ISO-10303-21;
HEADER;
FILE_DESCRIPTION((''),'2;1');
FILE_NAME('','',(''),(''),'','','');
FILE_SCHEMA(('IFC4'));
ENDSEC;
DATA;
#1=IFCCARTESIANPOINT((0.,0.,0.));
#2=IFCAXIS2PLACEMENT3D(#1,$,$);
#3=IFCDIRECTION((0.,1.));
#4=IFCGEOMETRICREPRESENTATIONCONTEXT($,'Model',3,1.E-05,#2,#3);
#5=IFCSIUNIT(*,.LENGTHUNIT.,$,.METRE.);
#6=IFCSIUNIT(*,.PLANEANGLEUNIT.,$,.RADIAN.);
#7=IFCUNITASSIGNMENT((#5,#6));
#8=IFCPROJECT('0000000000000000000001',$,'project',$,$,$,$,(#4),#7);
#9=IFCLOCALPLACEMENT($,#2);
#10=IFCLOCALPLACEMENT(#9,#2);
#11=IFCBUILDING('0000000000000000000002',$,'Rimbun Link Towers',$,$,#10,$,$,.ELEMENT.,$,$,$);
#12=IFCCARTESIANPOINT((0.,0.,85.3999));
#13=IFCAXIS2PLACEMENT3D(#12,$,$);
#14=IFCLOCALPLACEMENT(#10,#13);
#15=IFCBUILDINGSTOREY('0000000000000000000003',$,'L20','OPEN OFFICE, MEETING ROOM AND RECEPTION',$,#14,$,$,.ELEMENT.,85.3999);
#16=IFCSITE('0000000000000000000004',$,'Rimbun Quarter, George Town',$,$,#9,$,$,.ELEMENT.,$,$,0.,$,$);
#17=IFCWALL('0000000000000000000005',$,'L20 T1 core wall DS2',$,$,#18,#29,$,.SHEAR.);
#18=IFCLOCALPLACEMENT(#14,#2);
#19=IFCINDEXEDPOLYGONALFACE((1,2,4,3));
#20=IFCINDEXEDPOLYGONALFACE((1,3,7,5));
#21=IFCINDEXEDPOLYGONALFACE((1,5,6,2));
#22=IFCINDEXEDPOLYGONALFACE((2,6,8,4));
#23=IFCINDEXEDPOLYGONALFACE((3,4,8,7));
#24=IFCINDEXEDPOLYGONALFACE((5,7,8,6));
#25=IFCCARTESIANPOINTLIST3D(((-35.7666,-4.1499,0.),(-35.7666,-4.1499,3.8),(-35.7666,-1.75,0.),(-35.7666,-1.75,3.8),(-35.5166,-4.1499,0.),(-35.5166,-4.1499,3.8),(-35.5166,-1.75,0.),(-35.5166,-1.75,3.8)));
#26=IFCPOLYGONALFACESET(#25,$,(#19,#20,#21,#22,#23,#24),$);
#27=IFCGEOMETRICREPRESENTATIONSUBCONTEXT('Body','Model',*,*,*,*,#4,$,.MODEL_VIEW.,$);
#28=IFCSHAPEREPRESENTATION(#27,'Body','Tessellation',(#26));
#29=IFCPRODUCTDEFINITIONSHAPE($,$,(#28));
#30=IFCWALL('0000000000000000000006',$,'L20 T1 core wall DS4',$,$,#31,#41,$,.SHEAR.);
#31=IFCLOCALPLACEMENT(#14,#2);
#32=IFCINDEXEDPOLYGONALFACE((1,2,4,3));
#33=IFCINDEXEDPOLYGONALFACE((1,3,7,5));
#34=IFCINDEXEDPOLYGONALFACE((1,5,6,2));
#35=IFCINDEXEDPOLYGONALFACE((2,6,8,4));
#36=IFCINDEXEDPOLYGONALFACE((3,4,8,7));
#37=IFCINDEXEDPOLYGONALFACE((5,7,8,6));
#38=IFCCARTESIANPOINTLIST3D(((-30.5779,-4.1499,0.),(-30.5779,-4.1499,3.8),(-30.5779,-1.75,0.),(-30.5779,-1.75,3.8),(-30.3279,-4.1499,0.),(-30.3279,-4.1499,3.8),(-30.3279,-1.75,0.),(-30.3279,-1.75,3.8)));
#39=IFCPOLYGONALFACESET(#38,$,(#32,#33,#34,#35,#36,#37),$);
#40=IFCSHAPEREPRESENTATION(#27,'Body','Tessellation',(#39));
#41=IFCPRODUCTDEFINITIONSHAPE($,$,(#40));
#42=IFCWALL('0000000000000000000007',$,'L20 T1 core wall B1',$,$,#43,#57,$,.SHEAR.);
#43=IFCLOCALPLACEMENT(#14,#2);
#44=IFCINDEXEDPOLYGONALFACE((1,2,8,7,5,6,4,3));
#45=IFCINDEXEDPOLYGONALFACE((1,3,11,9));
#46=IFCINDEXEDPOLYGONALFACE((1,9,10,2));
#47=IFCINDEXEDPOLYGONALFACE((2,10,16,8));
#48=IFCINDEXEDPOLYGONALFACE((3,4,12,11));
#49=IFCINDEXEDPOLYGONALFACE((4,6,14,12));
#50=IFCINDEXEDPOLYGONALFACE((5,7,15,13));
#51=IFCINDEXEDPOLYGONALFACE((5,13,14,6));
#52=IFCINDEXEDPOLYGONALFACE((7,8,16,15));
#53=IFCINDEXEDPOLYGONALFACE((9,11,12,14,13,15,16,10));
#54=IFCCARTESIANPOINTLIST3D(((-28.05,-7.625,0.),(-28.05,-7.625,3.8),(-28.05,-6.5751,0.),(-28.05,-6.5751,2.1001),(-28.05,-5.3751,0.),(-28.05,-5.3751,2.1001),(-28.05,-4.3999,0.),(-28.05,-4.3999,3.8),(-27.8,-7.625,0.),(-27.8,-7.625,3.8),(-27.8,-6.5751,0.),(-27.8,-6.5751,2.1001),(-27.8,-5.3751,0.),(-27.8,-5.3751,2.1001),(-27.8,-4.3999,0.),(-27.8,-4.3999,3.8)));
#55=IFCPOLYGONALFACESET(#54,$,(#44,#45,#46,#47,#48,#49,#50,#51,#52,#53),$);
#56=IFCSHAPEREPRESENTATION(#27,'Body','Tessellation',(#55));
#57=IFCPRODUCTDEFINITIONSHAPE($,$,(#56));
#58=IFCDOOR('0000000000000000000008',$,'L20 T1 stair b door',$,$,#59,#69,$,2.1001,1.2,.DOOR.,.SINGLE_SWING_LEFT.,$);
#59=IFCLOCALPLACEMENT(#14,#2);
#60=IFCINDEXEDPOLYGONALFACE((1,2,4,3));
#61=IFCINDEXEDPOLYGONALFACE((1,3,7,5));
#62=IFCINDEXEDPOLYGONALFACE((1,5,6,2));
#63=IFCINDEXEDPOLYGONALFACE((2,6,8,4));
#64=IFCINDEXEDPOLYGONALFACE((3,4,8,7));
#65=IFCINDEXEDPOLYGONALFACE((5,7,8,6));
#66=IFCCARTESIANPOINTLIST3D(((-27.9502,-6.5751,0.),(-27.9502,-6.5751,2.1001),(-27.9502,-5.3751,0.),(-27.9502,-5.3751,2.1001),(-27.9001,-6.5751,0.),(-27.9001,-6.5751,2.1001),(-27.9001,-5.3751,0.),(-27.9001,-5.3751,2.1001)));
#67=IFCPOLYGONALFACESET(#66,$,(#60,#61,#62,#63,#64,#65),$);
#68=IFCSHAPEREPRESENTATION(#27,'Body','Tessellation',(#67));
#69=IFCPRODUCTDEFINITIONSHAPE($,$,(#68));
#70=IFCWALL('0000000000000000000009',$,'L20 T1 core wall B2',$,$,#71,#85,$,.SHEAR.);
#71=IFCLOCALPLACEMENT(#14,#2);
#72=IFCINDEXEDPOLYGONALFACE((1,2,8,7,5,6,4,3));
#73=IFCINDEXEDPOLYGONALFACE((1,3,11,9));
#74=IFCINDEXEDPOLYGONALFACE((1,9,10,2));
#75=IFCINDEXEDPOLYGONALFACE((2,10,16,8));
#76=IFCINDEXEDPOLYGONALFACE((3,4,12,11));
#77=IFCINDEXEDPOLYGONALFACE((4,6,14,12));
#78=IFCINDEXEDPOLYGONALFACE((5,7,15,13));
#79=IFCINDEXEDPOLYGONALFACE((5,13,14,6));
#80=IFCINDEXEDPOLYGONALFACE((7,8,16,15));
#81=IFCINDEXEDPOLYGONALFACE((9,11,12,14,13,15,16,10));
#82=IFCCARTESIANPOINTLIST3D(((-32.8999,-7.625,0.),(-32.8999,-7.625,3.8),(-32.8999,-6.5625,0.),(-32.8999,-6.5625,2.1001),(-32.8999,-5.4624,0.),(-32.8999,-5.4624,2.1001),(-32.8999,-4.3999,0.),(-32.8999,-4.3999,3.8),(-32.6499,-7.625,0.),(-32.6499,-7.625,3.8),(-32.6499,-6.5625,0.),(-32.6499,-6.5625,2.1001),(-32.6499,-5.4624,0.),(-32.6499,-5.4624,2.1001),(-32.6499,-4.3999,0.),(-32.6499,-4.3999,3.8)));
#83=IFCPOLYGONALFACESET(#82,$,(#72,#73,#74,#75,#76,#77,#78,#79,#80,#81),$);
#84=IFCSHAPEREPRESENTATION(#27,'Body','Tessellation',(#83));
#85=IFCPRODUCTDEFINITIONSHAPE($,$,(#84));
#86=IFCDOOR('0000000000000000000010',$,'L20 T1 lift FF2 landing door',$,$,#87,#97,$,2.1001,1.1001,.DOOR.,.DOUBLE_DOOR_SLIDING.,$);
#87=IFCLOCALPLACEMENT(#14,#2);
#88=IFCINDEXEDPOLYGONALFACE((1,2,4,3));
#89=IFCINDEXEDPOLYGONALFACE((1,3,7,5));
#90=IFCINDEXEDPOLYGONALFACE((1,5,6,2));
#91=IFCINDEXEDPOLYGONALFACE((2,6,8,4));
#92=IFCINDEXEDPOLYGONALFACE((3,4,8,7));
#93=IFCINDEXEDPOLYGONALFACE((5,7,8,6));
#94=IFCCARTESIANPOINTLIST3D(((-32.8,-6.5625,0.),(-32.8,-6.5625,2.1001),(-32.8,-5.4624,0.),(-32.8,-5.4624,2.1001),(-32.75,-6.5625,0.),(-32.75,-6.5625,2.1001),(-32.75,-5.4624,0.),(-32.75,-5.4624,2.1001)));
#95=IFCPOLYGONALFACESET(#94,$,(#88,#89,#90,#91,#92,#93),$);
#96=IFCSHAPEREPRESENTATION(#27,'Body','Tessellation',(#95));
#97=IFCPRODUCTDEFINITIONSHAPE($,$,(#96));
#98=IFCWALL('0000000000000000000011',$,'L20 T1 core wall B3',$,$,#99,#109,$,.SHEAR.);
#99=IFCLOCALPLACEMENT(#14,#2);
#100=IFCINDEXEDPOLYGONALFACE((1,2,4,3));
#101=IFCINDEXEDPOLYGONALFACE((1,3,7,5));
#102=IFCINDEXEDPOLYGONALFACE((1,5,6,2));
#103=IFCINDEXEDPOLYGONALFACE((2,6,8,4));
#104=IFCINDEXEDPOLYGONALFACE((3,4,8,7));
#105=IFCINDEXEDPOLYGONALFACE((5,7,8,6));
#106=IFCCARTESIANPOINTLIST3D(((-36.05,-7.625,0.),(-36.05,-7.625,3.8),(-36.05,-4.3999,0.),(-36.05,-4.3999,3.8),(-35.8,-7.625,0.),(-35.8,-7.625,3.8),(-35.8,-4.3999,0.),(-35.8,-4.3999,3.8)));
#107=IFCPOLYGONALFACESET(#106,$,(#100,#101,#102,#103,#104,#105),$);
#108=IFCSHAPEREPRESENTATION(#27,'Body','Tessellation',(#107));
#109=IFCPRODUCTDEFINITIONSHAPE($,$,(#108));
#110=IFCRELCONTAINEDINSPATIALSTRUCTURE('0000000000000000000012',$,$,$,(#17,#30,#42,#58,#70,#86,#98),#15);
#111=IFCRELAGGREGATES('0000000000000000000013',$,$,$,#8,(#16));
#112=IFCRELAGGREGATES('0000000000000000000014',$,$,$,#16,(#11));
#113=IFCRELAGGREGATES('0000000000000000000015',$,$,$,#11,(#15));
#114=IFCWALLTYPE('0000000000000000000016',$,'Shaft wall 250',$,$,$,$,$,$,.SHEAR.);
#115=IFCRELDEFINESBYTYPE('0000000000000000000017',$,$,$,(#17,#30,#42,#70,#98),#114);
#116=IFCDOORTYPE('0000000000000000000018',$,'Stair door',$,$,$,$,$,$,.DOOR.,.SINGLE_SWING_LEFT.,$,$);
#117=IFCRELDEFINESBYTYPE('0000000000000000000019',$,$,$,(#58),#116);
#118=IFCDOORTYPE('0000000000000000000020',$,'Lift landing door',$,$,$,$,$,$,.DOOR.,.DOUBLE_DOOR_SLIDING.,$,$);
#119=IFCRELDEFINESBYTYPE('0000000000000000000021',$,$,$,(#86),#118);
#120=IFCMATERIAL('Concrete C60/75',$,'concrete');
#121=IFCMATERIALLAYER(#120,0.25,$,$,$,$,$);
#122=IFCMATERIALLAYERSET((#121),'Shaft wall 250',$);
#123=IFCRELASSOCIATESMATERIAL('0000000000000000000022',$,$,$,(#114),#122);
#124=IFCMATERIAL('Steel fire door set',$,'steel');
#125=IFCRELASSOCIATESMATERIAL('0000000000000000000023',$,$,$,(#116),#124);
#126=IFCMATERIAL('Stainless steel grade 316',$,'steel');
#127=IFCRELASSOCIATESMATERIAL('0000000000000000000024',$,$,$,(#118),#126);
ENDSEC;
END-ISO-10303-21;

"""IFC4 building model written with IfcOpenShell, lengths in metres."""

from ifc_helpers import new_model, si_unit, direction, frame, frame_2d, origin, place, context, subcontext, project, spatial, rectangle, extrude, material, layer, layer_set, type_object, element, fill, save


model = new_model("IFC4")

# Units and contexts
model_context = context("Model", 3, precision=1e-05, world=origin(), true_north=direction((0.0, 1.0)))
body_context = subcontext(model_context, "Body", "Model", "MODEL_VIEW")
ifc_project = project(units=[si_unit("LENGTHUNIT", "METRE"), si_unit("PLANEANGLEUNIT", "RADIAN")], contexts=[model_context])

# Site, building, storey
site_placement = place(None, origin())
site = spatial("IfcSite", under=ifc_project, at=site_placement, Name="Rimbun Quarter, George Town", CompositionType="ELEMENT", RefElevation=0.0)
building_placement = place(site_placement, origin())
building = spatial("IfcBuilding", under=site, at=building_placement, Name="Rimbun Link Towers", CompositionType="ELEMENT")
storey_placement = place(building_placement, frame((0.0, 0.0, 85.3999)))
storey = spatial("IfcBuildingStorey", under=building, at=storey_placement, Name="L20", Description="OPEN OFFICE, MEETING ROOM AND RECEPTION", CompositionType="ELEMENT", Elevation=85.3999)

# Walls
ifc_material_1 = material(Name="Concrete C60/75", Category="concrete")
ifc_layer_1 = layer(ifc_material_1, 0.25)
ifc_layer_set_1 = layer_set([ifc_layer_1], Name="Shaft wall 250")
wall_type_1 = type_object("IfcWallType", Name="Shaft wall 250", PredefinedType="SHEAR", material=ifc_layer_set_1)
for number, where, z_axis, x_axis, name in (
    (1, (-35.6416, -4.1499, 0.0), (0.0, 0.0, 1.0), (0.0, 1.0, 0.0), "L20 T1 core wall DS2"),
    (2, (-30.4529, -4.1499, 0.0), (0.0, 0.0, 1.0), (0.0, 1.0, 0.0), "L20 T1 core wall DS4"),
):
    element("IfcWall", number, at=place(storey_placement, frame(where, z_axis=z_axis, x_axis=x_axis)), inside=storey, type_object=wall_type_1, Name=name, PredefinedType="SHEAR", context=body_context, shape_type="SweptSolid", body=[
        extrude(rectangle(XDim=2.3999, YDim=0.25, at=frame_2d((1.2, 0.0))), origin(), (0.0, 0.0, 1.0), 3.8),
    ])

# Walls, openings, doors
wall_1_placement = place(storey_placement, frame((-27.925, -4.3999, 0.0), z_axis=(0.0, 0.0, 1.0), x_axis=(0.0, -1.0, 0.0)))
wall_1 = element("IfcWall", 3, at=wall_1_placement, inside=storey, type_object=wall_type_1, Name="L20 T1 core wall B1", PredefinedType="SHEAR", context=body_context, shape_type="SweptSolid", body=[
    extrude(rectangle(XDim=3.2251, YDim=0.25, at=frame_2d((1.6125, 0.0))), origin(), (0.0, 0.0, 1.0), 3.8),
])
opening_1_placement = place(wall_1_placement, frame((0.9751, 0.0, 0.0)))
opening_1 = element("IfcOpeningElement", 4, at=opening_1_placement, cuts=wall_1, PredefinedType="OPENING", context=body_context, shape_type="SweptSolid", body=[
    extrude(rectangle(XDim=1.2, YDim=2.1001, at=frame_2d((0.6001, 1.05))), frame((0.0, 0.135, 0.0), z_axis=(0.0, -1.0, 0.0), x_axis=(1.0, 0.0, 0.0)), (0.0, 0.0, 1.0), 0.27),
])
ifc_material_2 = material(Name="Steel fire door set", Category="steel")
door_type_1 = type_object("IfcDoorType", Name="Stair door", OperationType="SINGLE_SWING_LEFT", PredefinedType="DOOR", material=ifc_material_2)
door_1_placement = place(opening_1_placement, origin())
door_1 = element("IfcDoor", 5, at=door_1_placement, inside=storey, type_object=door_type_1, Name="L20 T1 stair b door", OperationType="SINGLE_SWING_LEFT", OverallHeight=2.1001, OverallWidth=1.2, PredefinedType="DOOR", context=body_context, shape_type="SweptSolid", body=[
    extrude(rectangle(XDim=1.2, YDim=2.1001, at=frame_2d((0.6001, 1.05))), frame((0.0, 0.0249, 0.0), z_axis=(0.0, -1.0, 0.0), x_axis=(1.0, 0.0, 0.0)), (0.0, 0.0, 1.0), 0.05),
])
fill(opening_1, door_1)
wall_2_placement = place(storey_placement, frame((-32.7749, -4.3999, 0.0), z_axis=(0.0, 0.0, 1.0), x_axis=(0.0, -1.0, 0.0)))
wall_2 = element("IfcWall", 6, at=wall_2_placement, inside=storey, type_object=wall_type_1, Name="L20 T1 core wall B2", PredefinedType="SHEAR", context=body_context, shape_type="SweptSolid", body=[
    extrude(rectangle(XDim=3.2251, YDim=0.25, at=frame_2d((1.6125, 0.0))), origin(), (0.0, 0.0, 1.0), 3.8),
])
opening_2_placement = place(wall_2_placement, frame((1.0625, 0.0, 0.0)))
opening_2 = element("IfcOpeningElement", 7, at=opening_2_placement, cuts=wall_2, PredefinedType="OPENING", context=body_context, shape_type="SweptSolid", body=[
    extrude(rectangle(XDim=1.1001, YDim=2.1001, at=frame_2d((0.55, 1.05))), frame((0.0, 0.135, 0.0), z_axis=(0.0, -1.0, 0.0), x_axis=(1.0, 0.0, 0.0)), (0.0, 0.0, 1.0), 0.27),
])
ifc_material_3 = material(Name="Stainless steel grade 316", Category="steel")
door_type_2 = type_object("IfcDoorType", Name="Lift landing door", OperationType="DOUBLE_DOOR_SLIDING", PredefinedType="DOOR", material=ifc_material_3)
door_2_placement = place(opening_2_placement, origin())
door_2 = element("IfcDoor", 8, at=door_2_placement, inside=storey, type_object=door_type_2, Name="L20 T1 lift FF2 landing door", OperationType="DOUBLE_DOOR_SLIDING", OverallHeight=2.1001, OverallWidth=1.1001, PredefinedType="DOOR", context=body_context, shape_type="SweptSolid", body=[
    extrude(rectangle(XDim=1.1001, YDim=2.1001, at=frame_2d((0.55, 1.05))), frame((0.0, 0.0249, 0.0), z_axis=(0.0, -1.0, 0.0), x_axis=(1.0, 0.0, 0.0)), (0.0, 0.0, 1.0), 0.05),
])
fill(opening_2, door_2)

# Wall
wall_3_placement = place(storey_placement, frame((-35.925, -4.3999, 0.0), z_axis=(0.0, 0.0, 1.0), x_axis=(0.0, -1.0, 0.0)))
element("IfcWall", 9, at=wall_3_placement, inside=storey, type_object=wall_type_1, Name="L20 T1 core wall B3", PredefinedType="SHEAR", context=body_context, shape_type="SweptSolid", body=[
    extrude(rectangle(XDim=3.2251, YDim=0.25, at=frame_2d((1.6125, 0.0))), origin(), (0.0, 0.0, 1.0), 3.8),
])

save(model, "model.ifc")
